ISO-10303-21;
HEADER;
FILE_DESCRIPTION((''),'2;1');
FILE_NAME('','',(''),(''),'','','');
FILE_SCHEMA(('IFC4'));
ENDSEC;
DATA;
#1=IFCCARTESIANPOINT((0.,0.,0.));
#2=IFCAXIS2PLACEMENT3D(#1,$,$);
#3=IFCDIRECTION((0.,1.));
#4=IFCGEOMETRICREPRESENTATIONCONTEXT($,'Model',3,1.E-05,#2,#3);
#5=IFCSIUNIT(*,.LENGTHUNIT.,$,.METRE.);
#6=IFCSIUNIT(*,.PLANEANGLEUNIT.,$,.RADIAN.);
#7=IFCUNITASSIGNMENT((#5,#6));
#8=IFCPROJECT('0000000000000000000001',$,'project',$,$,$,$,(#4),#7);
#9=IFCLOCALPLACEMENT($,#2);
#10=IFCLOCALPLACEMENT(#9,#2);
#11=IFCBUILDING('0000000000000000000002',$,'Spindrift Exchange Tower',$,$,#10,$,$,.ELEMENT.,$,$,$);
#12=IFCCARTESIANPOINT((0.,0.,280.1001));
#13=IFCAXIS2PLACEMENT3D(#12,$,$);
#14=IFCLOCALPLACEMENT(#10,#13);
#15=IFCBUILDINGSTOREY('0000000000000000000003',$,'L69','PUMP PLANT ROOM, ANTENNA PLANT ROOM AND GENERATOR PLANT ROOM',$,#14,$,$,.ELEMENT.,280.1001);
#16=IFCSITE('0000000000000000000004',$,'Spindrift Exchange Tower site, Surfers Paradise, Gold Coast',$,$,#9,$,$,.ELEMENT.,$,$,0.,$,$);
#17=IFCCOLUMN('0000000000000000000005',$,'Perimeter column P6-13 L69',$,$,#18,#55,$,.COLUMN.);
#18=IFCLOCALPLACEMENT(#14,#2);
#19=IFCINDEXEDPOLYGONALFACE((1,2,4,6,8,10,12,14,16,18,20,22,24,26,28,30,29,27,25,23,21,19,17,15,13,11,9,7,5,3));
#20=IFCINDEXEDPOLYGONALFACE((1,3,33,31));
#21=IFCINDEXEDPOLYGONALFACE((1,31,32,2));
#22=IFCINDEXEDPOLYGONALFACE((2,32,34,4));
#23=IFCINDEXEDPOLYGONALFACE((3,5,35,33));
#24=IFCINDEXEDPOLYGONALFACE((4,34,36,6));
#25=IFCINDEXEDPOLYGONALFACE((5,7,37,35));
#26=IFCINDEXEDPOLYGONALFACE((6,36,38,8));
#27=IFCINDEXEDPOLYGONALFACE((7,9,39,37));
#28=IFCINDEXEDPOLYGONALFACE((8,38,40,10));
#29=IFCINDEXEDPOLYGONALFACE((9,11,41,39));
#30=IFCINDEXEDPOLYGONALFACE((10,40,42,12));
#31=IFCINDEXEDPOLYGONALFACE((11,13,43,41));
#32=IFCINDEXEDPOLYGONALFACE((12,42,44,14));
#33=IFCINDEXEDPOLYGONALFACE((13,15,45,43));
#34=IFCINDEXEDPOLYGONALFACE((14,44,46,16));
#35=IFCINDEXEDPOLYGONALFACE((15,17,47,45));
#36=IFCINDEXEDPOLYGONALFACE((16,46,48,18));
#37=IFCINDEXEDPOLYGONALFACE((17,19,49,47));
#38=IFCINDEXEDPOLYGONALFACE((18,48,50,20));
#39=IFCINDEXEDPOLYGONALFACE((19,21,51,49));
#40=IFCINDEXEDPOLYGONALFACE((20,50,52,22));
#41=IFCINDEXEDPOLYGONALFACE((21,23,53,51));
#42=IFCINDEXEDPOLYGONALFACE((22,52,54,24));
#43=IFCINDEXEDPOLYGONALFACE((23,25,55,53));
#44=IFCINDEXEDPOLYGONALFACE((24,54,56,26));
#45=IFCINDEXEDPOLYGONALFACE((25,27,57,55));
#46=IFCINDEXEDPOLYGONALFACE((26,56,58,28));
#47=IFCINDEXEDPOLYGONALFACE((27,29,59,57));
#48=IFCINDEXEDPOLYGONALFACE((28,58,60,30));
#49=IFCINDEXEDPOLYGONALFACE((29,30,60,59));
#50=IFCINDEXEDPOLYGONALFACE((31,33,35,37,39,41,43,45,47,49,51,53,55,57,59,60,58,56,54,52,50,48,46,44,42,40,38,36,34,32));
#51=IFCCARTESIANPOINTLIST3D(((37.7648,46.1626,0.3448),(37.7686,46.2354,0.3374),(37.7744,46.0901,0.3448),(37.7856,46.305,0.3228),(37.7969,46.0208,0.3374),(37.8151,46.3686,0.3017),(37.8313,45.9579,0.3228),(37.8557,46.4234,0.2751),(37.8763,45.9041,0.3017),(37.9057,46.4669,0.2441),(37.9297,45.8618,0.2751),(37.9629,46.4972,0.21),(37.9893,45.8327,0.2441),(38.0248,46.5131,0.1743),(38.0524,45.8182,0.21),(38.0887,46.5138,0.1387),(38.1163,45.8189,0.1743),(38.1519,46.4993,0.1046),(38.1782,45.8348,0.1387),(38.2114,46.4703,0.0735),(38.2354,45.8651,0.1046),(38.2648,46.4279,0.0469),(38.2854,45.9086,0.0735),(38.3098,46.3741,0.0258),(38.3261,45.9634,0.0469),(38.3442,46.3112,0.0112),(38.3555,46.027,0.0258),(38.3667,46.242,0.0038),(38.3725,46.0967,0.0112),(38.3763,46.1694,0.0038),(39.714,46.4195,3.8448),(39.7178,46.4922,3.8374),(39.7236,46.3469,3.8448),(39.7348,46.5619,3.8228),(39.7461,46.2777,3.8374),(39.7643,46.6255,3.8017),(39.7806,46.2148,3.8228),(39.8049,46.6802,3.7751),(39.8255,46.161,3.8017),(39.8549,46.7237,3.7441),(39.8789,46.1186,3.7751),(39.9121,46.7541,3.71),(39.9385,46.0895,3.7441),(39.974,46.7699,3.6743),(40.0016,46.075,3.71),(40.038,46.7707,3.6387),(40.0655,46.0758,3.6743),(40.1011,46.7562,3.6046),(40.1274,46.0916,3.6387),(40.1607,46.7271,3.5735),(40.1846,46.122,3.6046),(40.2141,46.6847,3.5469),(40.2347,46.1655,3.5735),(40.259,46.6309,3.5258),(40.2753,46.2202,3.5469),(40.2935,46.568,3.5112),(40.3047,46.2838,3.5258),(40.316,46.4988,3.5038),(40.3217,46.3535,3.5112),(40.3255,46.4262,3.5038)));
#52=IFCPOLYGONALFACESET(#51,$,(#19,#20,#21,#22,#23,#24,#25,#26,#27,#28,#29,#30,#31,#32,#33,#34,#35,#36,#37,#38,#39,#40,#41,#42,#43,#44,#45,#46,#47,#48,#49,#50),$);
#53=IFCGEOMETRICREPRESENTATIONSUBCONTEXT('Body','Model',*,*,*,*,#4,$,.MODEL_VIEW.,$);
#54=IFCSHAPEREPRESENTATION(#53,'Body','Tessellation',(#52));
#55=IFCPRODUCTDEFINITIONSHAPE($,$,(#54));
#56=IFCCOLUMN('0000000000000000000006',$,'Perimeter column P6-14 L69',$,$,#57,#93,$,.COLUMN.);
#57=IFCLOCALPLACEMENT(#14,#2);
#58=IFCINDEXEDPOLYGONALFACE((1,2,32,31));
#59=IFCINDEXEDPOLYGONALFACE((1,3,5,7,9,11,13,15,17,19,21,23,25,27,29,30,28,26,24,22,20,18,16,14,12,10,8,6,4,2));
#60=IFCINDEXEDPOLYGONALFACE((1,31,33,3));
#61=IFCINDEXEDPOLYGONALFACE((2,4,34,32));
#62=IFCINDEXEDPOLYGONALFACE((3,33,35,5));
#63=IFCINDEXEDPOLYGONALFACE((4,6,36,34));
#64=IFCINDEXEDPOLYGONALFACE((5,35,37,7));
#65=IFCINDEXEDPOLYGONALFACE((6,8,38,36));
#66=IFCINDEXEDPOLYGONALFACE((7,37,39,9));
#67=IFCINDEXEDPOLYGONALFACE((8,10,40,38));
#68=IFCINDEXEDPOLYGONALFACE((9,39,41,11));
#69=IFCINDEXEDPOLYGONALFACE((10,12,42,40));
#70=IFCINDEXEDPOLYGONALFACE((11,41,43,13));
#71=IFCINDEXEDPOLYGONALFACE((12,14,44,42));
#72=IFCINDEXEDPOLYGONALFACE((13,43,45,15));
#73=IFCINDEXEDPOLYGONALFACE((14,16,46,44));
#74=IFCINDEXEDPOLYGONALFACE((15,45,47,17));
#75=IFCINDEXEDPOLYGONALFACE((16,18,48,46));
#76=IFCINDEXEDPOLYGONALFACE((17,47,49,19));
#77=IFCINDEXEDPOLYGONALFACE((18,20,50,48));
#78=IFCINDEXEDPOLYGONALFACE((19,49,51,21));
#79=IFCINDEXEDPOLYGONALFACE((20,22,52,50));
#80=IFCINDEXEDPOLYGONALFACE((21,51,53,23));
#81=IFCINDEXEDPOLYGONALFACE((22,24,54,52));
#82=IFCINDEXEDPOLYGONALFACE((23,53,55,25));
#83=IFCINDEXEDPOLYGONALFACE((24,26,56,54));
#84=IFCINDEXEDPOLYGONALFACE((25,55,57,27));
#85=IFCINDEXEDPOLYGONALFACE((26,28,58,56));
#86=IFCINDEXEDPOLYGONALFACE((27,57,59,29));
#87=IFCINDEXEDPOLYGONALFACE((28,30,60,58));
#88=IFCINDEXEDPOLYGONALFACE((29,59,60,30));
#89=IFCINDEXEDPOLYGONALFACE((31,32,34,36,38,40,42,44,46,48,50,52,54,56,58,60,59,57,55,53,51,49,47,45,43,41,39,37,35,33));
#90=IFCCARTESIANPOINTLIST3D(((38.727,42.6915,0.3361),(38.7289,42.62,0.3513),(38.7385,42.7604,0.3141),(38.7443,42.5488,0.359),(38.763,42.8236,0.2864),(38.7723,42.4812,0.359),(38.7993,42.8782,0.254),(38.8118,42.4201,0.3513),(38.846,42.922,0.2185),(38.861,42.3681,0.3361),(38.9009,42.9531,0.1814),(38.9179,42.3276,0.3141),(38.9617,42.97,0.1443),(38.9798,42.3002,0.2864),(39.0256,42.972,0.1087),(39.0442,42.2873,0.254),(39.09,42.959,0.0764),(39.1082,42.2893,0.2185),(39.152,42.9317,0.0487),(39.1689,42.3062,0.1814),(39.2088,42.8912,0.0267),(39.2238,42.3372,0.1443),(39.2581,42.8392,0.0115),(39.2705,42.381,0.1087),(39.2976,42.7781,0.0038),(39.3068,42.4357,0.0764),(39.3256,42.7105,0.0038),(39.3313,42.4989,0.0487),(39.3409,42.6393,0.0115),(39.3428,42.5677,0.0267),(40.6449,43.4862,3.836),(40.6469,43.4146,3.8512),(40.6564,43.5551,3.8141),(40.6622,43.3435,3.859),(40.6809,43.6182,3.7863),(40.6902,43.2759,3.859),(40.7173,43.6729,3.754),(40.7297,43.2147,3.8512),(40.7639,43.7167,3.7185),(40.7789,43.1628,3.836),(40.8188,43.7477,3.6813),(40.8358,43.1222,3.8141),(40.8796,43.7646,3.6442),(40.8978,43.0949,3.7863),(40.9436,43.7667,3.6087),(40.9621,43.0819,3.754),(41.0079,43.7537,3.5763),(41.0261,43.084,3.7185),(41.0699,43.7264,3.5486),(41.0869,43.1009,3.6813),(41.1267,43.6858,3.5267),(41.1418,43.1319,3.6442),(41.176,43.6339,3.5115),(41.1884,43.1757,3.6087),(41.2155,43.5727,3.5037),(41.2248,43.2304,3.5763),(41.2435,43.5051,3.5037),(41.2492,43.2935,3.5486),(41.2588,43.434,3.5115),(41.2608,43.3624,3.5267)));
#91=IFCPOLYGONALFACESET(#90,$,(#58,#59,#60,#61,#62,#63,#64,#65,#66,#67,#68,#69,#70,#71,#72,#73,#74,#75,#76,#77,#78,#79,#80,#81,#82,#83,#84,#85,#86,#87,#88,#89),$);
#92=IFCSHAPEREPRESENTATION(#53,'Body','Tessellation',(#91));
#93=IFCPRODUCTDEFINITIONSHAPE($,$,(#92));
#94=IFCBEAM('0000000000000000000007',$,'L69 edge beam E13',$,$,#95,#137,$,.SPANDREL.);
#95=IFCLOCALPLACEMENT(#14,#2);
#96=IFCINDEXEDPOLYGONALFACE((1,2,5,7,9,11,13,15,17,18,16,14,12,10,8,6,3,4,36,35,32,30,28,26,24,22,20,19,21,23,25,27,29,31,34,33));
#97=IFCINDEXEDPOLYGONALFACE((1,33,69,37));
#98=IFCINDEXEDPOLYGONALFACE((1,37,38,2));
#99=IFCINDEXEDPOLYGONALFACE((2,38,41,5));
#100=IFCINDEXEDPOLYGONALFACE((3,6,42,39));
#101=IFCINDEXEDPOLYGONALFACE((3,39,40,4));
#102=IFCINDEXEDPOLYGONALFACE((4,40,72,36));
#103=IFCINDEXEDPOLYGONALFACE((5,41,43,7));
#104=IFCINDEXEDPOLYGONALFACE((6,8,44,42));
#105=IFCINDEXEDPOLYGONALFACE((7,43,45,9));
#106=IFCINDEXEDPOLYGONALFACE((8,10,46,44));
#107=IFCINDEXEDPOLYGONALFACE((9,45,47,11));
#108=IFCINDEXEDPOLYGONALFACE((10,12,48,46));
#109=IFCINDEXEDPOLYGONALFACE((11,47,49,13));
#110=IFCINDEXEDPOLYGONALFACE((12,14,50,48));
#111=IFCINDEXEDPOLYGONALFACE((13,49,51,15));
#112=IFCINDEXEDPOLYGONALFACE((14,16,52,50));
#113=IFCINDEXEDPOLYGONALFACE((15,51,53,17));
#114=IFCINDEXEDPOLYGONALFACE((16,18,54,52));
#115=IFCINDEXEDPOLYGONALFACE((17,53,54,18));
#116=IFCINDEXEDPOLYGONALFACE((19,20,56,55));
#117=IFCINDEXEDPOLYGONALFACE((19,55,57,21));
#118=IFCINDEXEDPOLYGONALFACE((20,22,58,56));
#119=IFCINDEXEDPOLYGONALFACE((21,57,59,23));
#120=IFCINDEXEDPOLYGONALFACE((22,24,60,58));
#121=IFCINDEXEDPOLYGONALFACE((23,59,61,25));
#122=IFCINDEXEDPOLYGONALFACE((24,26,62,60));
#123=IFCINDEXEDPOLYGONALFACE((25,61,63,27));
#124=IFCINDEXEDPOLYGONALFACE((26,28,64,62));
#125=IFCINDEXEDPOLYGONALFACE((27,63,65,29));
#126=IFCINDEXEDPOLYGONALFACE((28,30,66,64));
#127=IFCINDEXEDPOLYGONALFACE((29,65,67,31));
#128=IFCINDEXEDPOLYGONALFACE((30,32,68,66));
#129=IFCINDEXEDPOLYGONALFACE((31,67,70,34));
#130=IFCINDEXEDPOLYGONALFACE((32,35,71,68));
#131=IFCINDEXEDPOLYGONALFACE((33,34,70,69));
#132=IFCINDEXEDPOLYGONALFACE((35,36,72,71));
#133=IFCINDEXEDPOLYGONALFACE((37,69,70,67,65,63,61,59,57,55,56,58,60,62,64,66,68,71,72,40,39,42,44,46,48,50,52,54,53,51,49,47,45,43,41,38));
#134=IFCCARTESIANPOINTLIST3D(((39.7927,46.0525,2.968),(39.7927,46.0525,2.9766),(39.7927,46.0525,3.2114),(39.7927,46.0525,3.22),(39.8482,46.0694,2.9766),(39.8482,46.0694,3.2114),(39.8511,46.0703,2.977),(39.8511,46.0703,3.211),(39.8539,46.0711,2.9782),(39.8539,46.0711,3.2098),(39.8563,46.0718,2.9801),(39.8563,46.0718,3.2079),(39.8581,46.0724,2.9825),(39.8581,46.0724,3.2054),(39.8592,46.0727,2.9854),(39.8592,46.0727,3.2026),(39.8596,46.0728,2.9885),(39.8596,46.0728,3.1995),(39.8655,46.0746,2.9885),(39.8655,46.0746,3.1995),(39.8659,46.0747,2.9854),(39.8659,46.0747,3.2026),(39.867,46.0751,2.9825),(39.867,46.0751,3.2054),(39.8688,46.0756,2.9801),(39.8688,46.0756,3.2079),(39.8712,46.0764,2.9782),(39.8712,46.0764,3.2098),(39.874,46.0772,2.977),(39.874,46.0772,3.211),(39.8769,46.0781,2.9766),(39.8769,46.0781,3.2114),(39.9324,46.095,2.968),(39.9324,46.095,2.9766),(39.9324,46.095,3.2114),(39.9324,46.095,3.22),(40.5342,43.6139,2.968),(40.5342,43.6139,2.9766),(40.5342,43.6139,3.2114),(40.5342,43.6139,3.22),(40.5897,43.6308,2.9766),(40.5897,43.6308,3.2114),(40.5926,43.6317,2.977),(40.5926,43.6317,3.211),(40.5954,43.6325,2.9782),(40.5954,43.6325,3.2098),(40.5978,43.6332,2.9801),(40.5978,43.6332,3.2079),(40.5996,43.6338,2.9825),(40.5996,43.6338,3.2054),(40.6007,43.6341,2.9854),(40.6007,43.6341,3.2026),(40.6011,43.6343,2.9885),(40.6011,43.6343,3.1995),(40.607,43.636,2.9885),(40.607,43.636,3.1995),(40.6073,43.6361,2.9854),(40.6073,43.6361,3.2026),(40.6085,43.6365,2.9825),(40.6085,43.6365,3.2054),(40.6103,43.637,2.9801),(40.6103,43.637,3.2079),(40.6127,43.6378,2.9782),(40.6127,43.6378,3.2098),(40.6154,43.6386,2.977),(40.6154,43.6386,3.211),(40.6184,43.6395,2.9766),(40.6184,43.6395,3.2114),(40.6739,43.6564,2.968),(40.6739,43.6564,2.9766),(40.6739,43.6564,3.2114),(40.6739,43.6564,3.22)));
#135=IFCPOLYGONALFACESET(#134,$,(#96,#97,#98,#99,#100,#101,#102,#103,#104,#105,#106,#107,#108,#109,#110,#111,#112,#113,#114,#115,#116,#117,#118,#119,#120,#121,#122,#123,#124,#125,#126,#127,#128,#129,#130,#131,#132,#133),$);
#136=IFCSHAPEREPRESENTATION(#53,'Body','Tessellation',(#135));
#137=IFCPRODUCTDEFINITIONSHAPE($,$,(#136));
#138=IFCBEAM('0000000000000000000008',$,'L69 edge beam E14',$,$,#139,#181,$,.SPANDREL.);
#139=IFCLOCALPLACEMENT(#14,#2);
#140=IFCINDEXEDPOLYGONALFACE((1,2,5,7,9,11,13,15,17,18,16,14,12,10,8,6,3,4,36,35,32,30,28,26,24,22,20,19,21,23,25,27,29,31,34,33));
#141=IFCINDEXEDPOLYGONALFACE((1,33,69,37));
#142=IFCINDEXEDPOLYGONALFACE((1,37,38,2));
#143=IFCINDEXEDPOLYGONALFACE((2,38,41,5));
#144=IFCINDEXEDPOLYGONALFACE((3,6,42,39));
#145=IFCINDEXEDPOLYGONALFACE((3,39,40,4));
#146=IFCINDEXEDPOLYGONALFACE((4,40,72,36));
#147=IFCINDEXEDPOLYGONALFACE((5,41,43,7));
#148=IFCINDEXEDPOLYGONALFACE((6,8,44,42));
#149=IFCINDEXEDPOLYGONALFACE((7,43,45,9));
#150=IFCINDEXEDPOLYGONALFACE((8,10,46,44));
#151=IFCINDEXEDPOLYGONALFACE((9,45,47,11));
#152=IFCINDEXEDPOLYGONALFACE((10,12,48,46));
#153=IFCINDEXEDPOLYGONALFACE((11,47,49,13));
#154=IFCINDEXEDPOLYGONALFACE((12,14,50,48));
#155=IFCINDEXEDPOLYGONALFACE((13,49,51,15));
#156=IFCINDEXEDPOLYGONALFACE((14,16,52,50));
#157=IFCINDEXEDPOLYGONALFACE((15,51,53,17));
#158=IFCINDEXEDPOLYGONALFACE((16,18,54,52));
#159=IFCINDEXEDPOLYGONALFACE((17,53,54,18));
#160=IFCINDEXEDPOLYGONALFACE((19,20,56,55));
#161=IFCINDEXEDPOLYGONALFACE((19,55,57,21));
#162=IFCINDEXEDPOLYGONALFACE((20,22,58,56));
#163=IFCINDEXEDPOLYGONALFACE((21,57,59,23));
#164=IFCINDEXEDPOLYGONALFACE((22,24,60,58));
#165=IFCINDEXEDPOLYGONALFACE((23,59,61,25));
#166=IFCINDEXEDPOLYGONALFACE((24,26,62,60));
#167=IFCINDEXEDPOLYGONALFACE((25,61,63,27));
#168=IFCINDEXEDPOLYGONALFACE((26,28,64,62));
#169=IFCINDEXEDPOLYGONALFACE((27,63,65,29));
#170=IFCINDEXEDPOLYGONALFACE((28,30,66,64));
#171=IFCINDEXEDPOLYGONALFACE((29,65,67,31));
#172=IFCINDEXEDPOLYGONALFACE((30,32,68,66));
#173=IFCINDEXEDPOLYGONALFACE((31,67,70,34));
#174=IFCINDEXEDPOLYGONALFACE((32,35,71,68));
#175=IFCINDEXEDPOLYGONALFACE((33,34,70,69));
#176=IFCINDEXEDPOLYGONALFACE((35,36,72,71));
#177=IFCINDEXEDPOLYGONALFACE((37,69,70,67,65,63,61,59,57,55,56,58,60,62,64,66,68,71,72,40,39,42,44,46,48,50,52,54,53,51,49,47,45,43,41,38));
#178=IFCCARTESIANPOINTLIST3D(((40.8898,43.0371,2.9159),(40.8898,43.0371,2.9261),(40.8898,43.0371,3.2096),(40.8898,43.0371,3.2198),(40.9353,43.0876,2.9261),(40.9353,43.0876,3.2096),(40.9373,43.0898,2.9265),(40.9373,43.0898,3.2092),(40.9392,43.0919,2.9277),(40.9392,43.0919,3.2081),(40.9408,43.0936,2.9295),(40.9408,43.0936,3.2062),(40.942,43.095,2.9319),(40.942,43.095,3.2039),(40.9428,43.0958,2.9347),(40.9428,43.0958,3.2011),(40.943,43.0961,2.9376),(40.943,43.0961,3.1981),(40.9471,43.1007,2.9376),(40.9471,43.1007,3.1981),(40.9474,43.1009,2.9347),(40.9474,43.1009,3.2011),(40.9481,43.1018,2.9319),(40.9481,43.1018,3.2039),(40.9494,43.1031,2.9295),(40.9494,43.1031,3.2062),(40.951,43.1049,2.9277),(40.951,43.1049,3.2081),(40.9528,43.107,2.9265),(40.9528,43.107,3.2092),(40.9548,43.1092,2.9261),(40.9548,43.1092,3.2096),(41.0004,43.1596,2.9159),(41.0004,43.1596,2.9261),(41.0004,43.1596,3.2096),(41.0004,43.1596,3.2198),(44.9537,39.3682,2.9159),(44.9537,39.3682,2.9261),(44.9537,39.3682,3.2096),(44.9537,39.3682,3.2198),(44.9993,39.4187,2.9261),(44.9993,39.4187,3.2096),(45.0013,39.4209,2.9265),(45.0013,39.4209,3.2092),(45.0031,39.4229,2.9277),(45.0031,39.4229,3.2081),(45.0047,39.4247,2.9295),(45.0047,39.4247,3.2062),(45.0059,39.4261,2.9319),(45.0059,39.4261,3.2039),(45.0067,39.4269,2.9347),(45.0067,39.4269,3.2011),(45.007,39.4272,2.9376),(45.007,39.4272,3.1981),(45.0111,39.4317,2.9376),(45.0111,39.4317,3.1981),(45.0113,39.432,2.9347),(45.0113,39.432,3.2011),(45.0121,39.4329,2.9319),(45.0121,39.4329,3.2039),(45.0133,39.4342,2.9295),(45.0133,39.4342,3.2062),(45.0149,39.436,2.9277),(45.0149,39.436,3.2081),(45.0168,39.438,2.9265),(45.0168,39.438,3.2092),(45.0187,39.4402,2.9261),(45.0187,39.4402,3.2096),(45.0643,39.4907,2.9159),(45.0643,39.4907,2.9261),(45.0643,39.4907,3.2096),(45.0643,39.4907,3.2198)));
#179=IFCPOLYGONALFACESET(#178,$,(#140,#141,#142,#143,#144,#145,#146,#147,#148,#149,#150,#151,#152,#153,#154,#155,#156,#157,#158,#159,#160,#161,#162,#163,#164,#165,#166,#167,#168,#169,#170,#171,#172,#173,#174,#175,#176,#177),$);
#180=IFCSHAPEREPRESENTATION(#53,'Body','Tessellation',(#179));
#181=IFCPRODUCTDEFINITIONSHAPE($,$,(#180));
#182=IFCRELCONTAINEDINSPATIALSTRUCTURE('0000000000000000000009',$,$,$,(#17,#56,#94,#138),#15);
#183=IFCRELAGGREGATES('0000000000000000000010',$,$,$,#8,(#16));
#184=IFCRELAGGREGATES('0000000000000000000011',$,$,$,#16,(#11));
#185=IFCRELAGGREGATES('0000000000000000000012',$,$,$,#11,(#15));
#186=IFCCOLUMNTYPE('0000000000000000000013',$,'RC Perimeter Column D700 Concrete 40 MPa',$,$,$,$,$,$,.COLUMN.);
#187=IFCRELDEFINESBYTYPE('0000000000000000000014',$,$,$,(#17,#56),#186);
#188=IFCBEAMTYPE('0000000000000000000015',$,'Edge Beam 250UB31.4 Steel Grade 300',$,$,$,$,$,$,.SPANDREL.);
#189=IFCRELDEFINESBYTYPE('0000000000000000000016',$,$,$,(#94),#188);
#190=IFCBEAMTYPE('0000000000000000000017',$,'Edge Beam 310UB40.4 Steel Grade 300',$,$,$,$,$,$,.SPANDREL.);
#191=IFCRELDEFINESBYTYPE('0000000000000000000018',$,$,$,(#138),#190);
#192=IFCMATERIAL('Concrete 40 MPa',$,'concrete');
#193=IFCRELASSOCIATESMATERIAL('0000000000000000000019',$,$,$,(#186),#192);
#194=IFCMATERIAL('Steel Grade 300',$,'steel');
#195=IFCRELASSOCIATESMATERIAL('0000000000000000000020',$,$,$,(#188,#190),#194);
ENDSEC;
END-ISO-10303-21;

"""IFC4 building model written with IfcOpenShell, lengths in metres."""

from ifc_helpers import new_model, si_unit, direction, frame, origin, origin_2d, place, context, subcontext, project, spatial, circle, i_section, extrude, source, transform, mapped, material, material_profile, profile_set, type_object, element, save


model = new_model("IFC4")

# Units and contexts
model_context = context("Model", 3, precision=1e-05, world=origin(), true_north=direction((0.0, 1.0)))
body_context = subcontext(model_context, "Body", "Model", "MODEL_VIEW")
ifc_project = project(units=[si_unit("LENGTHUNIT", "METRE"), si_unit("PLANEANGLEUNIT", "RADIAN")], contexts=[model_context])

# Site, building, storey
site_placement = place(None, origin())
site = spatial("IfcSite", under=ifc_project, at=site_placement, Name="Spindrift Exchange Tower site, Surfers Paradise, Gold Coast", CompositionType="ELEMENT", RefElevation=0.0)
building_placement = place(site_placement, origin())
building = spatial("IfcBuilding", under=site, at=building_placement, Name="Spindrift Exchange Tower", CompositionType="ELEMENT")
storey_placement = place(building_placement, frame((0.0, 0.0, 280.1001)))
storey = spatial("IfcBuildingStorey", under=building, at=storey_placement, Name="L69", Description="PUMP PLANT ROOM, ANTENNA PLANT ROOM AND GENERATOR PLANT ROOM", CompositionType="ELEMENT", Elevation=280.1001)

# Columns
ifc_material_1 = material(Name="Concrete 40 MPa", Category="concrete")
ifc_material_profile_1 = material_profile(ifc_material_1, circle(Radius=0.3501, at=origin_2d()), Name="RC D700")
ifc_profile_set_1 = profile_set([ifc_material_profile_1], Name="Concrete 40 MPa")
column_type = type_object("IfcColumnType", Name="RC Perimeter Column D700 Concrete 40 MPa", PredefinedType="COLUMN", material=ifc_profile_set_1)
shared_shape_1 = source(origin(), body_context, "Body", "SweptSolid", [
    extrude(circle(Radius=0.3501, at=origin_2d()), origin(), (0.0, 0.0, 1.0), 4.0144),
])
column_1_placement = place(storey_placement, frame((38.0706, 46.166, 0.1743), z_axis=(0.485557, 0.063979, 0.871861), x_axis=(-0.130634, 0.991431, 0.0)))
element("IfcColumn", 1, at=column_1_placement, inside=storey, type_object=column_type, Name="Perimeter column P6-13 L69", PredefinedType="COLUMN", context=body_context, shape_type="MappedRepresentation", body=[
    mapped(shared_shape_1, transform((0.0, 0.0, 0.0), scale=1.0)),
])
shared_shape_2 = source(origin(), body_context, "Body", "SweptSolid", [
    extrude(circle(Radius=0.3501, at=origin_2d()), origin(), (0.0, 0.0, 1.0), 4.0693),
])
column_2_placement = place(storey_placement, frame((39.0349, 42.6296, 0.1814), z_axis=(0.471313, 0.195281, 0.860075), x_axis=(-0.382778, 0.923841, 0.0)))
element("IfcColumn", 2, at=column_2_placement, inside=storey, type_object=column_type, Name="Perimeter column P6-14 L69", PredefinedType="COLUMN", context=body_context, shape_type="MappedRepresentation", body=[
    mapped(shared_shape_2, transform((0.0, 0.0, 0.0), scale=1.0)),
])

# Beams
ifc_material_2 = material(Name="Steel Grade 300", Category="steel")
ifc_material_profile_2 = material_profile(ifc_material_2, i_section(OverallWidth=0.146, OverallDepth=0.252, WebThickness=0.0061, FlangeThickness=0.0085, FilletRadius=0.012, at=origin_2d()), Name="250UB31.4")
ifc_profile_set_2 = profile_set([ifc_material_profile_2], Name="Steel Grade 300")
beam_type_1 = type_object("IfcBeamType", Name="Edge Beam 250UB31.4 Steel Grade 300", PredefinedType="SPANDREL", material=ifc_profile_set_2)
shared_shape_3 = source(origin(), body_context, "Body", "SweptSolid", [
    extrude(i_section(OverallWidth=0.146, OverallDepth=0.252, WebThickness=0.0061, FlangeThickness=0.0085, FilletRadius=0.012, at=origin_2d()), origin(), (0.0, 0.0, 1.0), 2.5488),
])
beam_1_placement = place(storey_placement, frame((39.8625, 46.0737, 3.094), z_axis=(0.290914, -0.956749, 0.0), x_axis=(0.956749, 0.290914, 0.0)))
element("IfcBeam", 3, at=beam_1_placement, inside=storey, type_object=beam_type_1, Name="L69 edge beam E13", PredefinedType="SPANDREL", context=body_context, shape_type="MappedRepresentation", body=[
    mapped(shared_shape_3, transform((0.0, 0.0, 0.0), scale=1.0)),
])
ifc_material_profile_3 = material_profile(ifc_material_2, i_section(OverallWidth=0.165, OverallDepth=0.304, WebThickness=0.0061, FlangeThickness=0.0103, FilletRadius=0.0115, at=origin_2d()), Name="310UB40.4")
ifc_profile_set_3 = profile_set([ifc_material_profile_3], Name="Steel Grade 300")
beam_type_2 = type_object("IfcBeamType", Name="Edge Beam 310UB40.4 Steel Grade 300", PredefinedType="SPANDREL", material=ifc_profile_set_3)
shared_shape_4 = source(origin(), body_context, "Body", "SweptSolid", [
    extrude(i_section(OverallWidth=0.165, OverallDepth=0.304, WebThickness=0.0061, FlangeThickness=0.0103, FilletRadius=0.0115, at=origin_2d()), origin(), (0.0, 0.0, 1.0), 5.4751),
])
beam_2_placement = place(storey_placement, frame((40.9451, 43.0984, 3.0679), z_axis=(0.74226, -0.670112, 0.0), x_axis=(0.670112, 0.74226, 0.0)))
element("IfcBeam", 4, at=beam_2_placement, inside=storey, type_object=beam_type_2, Name="L69 edge beam E14", PredefinedType="SPANDREL", context=body_context, shape_type="MappedRepresentation", body=[
    mapped(shared_shape_4, transform((0.0, 0.0, 0.0), scale=1.0)),
])

save(model, "model.ifc")
